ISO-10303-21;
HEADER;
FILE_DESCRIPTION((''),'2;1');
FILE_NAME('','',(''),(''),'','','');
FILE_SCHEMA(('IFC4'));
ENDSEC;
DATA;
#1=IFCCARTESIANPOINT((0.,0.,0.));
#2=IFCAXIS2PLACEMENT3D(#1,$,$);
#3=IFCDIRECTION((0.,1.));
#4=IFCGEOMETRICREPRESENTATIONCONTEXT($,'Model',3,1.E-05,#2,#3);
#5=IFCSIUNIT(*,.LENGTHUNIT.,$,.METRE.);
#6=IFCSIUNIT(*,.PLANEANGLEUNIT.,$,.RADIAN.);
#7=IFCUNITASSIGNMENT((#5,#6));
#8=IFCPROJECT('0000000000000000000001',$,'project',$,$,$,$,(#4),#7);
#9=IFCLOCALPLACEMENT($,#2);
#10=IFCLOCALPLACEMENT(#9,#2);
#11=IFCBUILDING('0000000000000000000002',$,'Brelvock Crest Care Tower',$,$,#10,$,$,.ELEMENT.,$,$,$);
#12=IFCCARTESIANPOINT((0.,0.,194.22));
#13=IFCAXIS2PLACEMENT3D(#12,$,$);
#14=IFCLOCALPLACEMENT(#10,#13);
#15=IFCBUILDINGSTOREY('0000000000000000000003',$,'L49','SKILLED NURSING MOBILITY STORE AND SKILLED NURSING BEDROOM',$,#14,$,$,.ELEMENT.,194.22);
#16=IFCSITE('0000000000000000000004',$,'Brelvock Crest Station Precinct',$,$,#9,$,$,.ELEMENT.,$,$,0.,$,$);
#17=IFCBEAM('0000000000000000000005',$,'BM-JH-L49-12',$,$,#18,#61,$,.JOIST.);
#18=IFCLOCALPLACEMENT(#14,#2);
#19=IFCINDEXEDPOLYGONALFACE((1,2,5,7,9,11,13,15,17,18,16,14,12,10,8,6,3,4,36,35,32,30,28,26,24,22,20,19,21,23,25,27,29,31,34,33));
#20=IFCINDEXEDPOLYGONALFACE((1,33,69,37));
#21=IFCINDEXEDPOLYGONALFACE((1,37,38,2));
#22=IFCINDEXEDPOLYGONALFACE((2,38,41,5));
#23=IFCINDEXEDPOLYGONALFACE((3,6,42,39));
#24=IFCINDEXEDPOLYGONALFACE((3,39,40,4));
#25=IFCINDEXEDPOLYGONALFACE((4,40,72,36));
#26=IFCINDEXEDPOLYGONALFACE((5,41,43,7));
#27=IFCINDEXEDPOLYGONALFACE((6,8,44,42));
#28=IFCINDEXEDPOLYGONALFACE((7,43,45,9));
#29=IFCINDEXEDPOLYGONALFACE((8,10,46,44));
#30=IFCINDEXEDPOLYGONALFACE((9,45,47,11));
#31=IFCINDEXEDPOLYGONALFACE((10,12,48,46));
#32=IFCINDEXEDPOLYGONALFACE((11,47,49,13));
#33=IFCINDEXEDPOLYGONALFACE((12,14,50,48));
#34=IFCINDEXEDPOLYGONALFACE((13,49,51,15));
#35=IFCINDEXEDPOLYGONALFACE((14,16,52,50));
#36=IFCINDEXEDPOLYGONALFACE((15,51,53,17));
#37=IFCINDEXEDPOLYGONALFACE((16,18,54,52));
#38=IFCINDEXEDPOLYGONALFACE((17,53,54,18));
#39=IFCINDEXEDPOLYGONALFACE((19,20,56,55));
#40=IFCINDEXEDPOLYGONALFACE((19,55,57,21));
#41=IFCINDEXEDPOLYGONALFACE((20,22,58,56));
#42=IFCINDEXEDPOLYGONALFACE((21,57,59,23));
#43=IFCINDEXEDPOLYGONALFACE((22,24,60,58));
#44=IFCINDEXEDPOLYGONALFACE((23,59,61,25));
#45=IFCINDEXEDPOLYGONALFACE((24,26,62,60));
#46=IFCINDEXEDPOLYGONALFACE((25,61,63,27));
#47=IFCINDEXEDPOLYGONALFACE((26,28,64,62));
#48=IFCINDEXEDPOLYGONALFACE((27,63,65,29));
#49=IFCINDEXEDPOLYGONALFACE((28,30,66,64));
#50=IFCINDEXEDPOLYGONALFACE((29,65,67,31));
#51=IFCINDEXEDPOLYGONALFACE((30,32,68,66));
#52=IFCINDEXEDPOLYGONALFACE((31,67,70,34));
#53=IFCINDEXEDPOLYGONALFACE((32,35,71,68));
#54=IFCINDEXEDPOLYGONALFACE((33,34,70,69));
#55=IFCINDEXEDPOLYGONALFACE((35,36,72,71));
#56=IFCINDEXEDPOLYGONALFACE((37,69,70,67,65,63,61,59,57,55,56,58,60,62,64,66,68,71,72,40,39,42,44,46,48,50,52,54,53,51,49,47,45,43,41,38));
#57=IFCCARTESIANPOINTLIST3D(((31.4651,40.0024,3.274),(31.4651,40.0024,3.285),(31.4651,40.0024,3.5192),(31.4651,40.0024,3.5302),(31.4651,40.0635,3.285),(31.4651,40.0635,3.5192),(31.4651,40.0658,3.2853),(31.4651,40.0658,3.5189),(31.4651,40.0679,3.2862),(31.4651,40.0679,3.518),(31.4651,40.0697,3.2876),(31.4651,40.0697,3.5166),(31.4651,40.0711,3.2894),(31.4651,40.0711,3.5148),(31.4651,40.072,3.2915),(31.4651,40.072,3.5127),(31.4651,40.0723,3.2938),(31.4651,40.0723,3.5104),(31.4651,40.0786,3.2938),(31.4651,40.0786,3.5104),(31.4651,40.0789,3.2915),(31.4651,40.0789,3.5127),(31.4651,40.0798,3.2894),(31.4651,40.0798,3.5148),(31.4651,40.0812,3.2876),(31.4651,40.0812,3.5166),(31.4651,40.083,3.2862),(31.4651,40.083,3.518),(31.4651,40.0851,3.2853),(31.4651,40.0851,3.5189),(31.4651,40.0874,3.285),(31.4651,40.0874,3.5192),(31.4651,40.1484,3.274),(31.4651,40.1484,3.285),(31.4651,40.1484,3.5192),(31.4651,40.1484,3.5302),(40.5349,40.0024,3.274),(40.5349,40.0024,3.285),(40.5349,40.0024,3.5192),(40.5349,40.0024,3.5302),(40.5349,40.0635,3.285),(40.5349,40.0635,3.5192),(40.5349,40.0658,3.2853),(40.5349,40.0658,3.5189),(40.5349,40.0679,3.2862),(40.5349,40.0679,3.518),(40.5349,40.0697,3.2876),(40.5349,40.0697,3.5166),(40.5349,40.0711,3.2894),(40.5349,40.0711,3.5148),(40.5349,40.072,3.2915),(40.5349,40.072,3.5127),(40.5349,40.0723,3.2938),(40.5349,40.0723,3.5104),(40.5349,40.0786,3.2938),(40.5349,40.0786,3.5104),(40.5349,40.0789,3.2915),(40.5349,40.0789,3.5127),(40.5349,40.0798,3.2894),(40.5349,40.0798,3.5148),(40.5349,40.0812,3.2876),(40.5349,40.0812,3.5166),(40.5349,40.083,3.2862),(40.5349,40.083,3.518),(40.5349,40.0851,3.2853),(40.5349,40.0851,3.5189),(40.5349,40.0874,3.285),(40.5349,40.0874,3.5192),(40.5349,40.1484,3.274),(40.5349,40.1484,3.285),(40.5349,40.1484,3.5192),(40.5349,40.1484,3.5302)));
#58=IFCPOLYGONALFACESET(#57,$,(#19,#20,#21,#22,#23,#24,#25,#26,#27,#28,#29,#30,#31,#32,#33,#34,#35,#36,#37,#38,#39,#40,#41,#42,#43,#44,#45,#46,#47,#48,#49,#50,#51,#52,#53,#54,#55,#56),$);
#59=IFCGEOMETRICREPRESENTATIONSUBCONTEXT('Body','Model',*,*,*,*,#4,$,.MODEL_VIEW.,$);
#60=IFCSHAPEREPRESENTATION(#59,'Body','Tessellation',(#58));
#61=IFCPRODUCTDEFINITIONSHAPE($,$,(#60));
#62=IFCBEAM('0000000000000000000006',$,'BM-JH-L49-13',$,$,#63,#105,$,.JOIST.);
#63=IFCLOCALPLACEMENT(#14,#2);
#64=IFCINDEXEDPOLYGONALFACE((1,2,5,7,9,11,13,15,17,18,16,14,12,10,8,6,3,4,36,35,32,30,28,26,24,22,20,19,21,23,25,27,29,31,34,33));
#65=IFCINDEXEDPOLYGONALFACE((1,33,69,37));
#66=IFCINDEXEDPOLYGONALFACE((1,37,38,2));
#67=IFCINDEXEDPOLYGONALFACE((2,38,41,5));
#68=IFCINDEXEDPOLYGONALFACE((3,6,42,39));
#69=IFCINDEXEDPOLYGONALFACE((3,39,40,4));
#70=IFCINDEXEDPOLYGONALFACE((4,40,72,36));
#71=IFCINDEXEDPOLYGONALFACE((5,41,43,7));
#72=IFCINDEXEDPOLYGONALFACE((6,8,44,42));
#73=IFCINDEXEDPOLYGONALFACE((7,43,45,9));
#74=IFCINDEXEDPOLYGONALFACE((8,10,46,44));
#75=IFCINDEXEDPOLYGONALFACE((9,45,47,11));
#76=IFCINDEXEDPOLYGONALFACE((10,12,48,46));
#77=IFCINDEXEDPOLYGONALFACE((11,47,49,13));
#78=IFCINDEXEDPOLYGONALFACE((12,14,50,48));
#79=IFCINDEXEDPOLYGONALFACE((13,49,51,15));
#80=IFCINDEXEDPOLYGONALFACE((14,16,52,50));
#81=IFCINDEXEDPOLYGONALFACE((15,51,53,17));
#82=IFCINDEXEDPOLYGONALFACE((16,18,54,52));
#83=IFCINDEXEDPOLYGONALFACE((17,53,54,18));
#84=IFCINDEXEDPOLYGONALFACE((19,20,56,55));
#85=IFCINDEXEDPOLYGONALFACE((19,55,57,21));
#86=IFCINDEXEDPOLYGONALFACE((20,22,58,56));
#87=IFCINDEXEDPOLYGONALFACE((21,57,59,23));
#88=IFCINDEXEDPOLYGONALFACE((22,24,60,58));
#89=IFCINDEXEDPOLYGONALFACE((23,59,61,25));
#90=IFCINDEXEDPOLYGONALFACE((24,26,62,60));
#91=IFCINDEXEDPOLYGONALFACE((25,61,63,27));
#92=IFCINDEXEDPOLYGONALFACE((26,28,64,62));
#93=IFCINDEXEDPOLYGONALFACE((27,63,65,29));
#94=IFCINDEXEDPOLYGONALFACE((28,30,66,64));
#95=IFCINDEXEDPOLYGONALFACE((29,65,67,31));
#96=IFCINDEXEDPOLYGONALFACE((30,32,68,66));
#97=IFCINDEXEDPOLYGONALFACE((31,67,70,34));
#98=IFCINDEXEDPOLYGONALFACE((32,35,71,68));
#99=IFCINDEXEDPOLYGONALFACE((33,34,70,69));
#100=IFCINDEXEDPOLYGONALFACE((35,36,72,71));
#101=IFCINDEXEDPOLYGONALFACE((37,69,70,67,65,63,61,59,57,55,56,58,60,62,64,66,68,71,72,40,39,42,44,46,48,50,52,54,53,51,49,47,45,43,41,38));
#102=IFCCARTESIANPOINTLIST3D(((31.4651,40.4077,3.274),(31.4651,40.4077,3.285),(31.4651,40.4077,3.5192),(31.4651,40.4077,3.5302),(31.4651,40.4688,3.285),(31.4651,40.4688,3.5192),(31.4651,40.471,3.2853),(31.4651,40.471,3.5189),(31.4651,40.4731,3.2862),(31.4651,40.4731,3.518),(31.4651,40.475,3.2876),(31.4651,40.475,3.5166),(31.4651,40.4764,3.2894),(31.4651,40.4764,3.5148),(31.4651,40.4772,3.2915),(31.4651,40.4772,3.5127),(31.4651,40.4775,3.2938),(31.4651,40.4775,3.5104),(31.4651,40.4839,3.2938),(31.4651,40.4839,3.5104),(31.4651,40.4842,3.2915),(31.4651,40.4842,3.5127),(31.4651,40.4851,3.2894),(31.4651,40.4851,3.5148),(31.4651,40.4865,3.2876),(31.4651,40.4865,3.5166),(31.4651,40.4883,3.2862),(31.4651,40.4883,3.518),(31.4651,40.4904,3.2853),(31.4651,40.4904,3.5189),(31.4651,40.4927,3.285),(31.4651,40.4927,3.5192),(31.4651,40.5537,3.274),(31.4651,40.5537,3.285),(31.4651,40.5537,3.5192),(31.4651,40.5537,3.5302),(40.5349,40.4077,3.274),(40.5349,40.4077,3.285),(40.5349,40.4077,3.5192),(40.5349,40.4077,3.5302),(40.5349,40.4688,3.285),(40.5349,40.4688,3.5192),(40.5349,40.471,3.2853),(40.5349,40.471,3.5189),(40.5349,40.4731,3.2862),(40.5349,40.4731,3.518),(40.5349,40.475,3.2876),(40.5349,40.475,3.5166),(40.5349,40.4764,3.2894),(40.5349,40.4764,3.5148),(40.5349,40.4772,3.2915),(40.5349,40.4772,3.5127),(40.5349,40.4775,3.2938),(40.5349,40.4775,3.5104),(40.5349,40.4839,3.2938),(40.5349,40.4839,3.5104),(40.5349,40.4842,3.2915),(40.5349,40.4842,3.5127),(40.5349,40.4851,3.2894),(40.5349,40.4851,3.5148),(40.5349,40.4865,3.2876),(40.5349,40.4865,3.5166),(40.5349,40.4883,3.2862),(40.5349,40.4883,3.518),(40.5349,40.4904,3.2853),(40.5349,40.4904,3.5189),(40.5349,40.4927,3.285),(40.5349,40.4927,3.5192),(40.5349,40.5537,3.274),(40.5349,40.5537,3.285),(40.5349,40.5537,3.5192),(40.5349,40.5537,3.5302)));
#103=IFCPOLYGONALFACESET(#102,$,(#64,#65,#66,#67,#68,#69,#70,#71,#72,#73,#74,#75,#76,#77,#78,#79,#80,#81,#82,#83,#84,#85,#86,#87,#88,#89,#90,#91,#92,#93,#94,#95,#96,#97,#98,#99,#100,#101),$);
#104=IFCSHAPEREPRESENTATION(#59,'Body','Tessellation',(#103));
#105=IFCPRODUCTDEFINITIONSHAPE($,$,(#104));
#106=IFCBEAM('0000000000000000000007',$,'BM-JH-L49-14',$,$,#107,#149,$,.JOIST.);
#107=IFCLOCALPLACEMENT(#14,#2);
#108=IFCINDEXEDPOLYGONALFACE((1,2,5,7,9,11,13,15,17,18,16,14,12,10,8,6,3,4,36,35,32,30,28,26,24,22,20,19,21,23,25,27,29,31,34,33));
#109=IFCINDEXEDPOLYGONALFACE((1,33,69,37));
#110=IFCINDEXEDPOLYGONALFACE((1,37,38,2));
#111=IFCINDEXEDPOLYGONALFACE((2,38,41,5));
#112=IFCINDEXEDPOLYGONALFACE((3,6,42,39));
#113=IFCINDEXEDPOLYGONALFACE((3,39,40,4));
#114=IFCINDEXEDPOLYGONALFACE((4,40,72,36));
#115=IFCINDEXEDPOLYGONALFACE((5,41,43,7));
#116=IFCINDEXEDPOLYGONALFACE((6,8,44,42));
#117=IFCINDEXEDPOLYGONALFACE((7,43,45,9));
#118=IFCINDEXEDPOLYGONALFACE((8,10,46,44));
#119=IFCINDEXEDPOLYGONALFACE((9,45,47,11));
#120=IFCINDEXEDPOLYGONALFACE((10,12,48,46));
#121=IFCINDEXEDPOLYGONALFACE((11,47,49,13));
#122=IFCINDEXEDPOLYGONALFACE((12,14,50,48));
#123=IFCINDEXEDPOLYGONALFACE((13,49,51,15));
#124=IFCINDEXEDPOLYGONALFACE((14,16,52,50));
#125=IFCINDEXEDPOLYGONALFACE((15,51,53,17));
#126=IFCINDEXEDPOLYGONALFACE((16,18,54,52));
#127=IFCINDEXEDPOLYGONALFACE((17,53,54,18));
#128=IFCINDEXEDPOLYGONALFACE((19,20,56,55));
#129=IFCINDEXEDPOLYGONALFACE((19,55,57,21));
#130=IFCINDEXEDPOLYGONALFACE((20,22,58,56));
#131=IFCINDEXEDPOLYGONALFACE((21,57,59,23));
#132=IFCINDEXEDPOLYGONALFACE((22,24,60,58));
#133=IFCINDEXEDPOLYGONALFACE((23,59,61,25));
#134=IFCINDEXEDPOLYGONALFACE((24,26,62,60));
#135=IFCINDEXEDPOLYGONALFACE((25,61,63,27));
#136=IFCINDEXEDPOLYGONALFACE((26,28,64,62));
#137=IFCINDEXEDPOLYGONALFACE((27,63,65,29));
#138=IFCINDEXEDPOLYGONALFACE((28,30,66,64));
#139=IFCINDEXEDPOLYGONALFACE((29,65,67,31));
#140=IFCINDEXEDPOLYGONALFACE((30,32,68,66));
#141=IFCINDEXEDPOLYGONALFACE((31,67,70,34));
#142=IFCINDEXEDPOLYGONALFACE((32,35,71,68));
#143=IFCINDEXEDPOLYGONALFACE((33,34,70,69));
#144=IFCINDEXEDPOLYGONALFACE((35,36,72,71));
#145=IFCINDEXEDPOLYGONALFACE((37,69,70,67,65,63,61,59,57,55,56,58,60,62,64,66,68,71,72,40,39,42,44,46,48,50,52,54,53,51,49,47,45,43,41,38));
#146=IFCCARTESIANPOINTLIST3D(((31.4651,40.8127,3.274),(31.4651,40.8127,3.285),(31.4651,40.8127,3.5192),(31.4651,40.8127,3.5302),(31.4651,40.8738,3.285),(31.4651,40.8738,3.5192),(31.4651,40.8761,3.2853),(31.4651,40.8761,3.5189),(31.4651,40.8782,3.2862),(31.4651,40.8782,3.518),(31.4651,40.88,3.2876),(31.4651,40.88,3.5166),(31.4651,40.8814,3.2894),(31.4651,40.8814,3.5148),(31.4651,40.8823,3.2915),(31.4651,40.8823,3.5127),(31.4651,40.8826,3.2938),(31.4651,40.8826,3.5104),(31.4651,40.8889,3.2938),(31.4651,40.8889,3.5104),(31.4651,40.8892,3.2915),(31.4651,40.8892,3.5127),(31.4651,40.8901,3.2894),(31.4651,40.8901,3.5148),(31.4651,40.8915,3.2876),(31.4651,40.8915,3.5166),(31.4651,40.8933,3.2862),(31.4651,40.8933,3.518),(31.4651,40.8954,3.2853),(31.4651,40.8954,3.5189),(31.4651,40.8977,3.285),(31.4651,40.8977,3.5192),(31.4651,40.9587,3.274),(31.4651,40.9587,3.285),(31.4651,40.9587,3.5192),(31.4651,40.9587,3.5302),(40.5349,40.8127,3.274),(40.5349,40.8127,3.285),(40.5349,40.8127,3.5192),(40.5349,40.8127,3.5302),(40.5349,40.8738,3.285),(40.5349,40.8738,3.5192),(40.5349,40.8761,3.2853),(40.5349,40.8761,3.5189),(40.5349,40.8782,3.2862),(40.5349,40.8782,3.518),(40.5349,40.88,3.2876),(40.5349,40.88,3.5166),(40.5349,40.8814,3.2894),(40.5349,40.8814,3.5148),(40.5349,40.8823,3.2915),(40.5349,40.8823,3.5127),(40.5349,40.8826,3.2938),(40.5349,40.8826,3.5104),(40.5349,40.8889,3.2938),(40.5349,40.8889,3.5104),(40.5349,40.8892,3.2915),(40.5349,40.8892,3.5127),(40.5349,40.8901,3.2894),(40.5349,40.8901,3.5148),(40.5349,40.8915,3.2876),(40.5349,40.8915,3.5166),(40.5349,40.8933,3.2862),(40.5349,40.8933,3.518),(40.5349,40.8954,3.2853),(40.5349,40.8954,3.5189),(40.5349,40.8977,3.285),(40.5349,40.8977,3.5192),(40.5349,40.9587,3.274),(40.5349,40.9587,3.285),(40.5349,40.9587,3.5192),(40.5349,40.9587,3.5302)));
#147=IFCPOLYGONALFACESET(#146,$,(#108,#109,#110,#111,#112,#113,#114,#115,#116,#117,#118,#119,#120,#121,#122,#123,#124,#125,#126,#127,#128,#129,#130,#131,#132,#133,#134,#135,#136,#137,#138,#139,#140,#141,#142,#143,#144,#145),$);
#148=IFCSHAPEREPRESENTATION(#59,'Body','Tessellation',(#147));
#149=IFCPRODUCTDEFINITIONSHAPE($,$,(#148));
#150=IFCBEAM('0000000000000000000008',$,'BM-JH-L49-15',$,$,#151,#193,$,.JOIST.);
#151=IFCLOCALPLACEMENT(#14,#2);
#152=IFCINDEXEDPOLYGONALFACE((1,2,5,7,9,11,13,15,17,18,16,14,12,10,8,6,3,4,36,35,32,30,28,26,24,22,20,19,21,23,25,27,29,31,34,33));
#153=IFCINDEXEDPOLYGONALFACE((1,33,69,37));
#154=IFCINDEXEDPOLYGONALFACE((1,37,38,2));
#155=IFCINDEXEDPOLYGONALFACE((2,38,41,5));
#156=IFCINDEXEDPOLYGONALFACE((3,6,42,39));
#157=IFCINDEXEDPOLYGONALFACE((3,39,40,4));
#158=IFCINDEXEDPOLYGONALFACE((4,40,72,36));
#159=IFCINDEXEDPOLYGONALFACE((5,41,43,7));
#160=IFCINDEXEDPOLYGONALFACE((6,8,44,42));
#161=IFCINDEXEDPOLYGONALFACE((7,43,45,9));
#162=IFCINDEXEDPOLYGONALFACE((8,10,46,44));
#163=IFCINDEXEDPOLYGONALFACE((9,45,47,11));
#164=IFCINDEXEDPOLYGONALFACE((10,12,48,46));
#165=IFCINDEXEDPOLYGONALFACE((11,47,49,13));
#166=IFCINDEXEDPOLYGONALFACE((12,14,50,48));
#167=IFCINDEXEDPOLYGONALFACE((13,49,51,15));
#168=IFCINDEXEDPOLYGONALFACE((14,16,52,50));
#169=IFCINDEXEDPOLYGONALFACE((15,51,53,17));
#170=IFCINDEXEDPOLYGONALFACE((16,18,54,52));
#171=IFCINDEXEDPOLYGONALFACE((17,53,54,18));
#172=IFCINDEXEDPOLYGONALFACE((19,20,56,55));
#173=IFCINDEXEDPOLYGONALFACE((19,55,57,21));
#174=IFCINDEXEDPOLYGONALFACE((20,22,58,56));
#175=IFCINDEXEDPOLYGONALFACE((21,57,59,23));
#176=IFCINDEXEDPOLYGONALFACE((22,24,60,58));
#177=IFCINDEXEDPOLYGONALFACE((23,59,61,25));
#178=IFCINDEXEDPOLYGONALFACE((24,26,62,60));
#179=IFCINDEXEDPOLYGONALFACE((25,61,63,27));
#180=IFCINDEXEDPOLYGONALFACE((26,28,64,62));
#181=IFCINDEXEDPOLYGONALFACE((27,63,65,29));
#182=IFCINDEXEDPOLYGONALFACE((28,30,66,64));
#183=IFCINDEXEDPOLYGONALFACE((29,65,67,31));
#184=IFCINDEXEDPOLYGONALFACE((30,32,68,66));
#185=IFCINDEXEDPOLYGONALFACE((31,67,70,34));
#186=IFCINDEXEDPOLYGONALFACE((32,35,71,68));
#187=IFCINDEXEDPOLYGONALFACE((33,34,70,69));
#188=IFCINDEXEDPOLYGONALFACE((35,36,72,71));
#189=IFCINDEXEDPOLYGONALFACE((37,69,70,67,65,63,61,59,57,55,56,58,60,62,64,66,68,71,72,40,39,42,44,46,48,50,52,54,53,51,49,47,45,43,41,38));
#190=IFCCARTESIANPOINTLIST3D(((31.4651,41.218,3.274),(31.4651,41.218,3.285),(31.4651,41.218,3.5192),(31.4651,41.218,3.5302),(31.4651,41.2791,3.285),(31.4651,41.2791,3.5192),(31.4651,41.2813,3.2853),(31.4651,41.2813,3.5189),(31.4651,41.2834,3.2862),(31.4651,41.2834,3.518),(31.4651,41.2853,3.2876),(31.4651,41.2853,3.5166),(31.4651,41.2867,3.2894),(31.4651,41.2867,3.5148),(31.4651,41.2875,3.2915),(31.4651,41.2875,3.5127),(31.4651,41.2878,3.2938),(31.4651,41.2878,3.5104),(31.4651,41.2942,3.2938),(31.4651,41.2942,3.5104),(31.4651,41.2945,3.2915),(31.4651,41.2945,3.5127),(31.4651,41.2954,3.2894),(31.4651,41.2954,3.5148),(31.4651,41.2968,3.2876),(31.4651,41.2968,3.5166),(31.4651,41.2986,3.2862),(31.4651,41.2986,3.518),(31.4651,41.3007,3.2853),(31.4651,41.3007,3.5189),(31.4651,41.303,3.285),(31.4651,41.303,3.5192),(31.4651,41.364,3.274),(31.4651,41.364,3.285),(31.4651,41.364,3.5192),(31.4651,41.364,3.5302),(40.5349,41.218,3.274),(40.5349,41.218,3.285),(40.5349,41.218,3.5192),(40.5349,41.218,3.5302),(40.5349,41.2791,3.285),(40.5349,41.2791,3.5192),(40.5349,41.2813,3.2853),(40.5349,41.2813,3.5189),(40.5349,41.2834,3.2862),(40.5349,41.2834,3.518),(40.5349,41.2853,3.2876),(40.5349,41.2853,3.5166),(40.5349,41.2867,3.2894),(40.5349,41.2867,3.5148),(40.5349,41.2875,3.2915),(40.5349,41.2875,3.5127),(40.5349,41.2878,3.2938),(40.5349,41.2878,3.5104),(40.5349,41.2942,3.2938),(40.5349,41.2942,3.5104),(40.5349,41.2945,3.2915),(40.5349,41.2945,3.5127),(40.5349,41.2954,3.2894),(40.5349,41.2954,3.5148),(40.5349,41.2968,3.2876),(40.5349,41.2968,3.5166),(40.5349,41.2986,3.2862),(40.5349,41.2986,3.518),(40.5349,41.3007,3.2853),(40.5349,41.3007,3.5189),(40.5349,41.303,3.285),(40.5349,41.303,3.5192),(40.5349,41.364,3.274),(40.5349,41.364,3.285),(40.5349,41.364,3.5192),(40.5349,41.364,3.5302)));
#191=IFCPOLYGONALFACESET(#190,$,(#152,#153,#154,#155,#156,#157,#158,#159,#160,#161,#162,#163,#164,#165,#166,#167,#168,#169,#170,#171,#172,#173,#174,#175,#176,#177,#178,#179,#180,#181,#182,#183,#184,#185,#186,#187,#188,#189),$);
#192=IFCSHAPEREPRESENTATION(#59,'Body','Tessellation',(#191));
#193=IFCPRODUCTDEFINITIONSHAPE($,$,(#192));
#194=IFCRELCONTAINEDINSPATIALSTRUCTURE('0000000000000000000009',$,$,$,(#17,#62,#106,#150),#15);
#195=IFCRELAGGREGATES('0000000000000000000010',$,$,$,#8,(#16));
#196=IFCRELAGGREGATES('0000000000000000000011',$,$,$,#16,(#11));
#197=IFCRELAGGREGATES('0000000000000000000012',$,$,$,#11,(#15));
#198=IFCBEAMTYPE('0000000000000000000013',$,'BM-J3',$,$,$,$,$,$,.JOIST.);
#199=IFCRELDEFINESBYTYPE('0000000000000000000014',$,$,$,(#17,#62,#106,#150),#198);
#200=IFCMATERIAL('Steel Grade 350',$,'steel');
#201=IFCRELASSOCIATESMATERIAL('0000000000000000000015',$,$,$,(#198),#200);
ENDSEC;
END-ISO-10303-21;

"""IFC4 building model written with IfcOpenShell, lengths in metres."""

from ifc_helpers import new_model, si_unit, direction, frame, origin, origin_2d, place, context, subcontext, project, spatial, i_section, extrude, source, transform, mapped, material, material_profile, profile_set, type_object, element, save


model = new_model("IFC4")

# Units and contexts
model_context = context("Model", 3, precision=1e-05, world=origin(), true_north=direction((0.0, 1.0)))
body_context = subcontext(model_context, "Body", "Model", "MODEL_VIEW")
ifc_project = project(units=[si_unit("LENGTHUNIT", "METRE"), si_unit("PLANEANGLEUNIT", "RADIAN")], contexts=[model_context])

# Site, building, storey
site_placement = place(None, origin())
site = spatial("IfcSite", under=ifc_project, at=site_placement, Name="Brelvock Crest Station Precinct", CompositionType="ELEMENT", RefElevation=0.0)
building_placement = place(site_placement, origin())
building = spatial("IfcBuilding", under=site, at=building_placement, Name="Brelvock Crest Care Tower", CompositionType="ELEMENT")
storey_placement = place(building_placement, frame((0.0, 0.0, 194.22)))
storey = spatial("IfcBuildingStorey", under=building, at=storey_placement, Name="L49", Description="SKILLED NURSING MOBILITY STORE AND SKILLED NURSING BEDROOM", CompositionType="ELEMENT", Elevation=194.22)

# Beams
ifc_material_1 = material(Name="Steel Grade 350", Category="steel")
ifc_material_profile_1 = material_profile(ifc_material_1, i_section(OverallWidth=0.146, OverallDepth=0.2561, WebThickness=0.0063, FlangeThickness=0.011, FilletRadius=0.0088, at=origin_2d()), Name="250UB37.3")
ifc_profile_set_1 = profile_set([ifc_material_profile_1], Name="Steel Grade 350")
beam_type_1 = type_object("IfcBeamType", Name="BM-J3", PredefinedType="JOIST", material=ifc_profile_set_1)
shared_shape_1 = source(origin(), body_context, "Body", "SweptSolid", [
    extrude(i_section(OverallWidth=0.146, OverallDepth=0.2561, WebThickness=0.0063, FlangeThickness=0.011, FilletRadius=0.0088, at=origin_2d()), origin(), (0.0, 0.0, 1.0), 9.0698),
])
for number, where, z_axis, x_axis, name in (
    (1, (31.4651, 40.0754, 3.4021), (1.0, 0.0, 0.0), (0.0, 1.0, 0.0), "BM-JH-L49-12"),
    (2, (31.4651, 40.4807, 3.4021), (1.0, 0.0, 0.0), (0.0, 1.0, 0.0), "BM-JH-L49-13"),
    (3, (31.4651, 40.8857, 3.4021), (1.0, 0.0, 0.0), (0.0, 1.0, 0.0), "BM-JH-L49-14"),
    (4, (31.4651, 41.291, 3.4021), (1.0, 0.0, 0.0), (0.0, 1.0, 0.0), "BM-JH-L49-15"),
):
    element("IfcBeam", number, at=place(storey_placement, frame(where, z_axis=z_axis, x_axis=x_axis)), inside=storey, type_object=beam_type_1, Name=name, PredefinedType="JOIST", context=body_context, shape_type="MappedRepresentation", body=[
        mapped(shared_shape_1, transform((0.0, 0.0, 0.0), x_axis=(1.0, 0.0, 0.0), y_axis=(0.0, 1.0, 0.0), z_axis=(0.0, 0.0, 1.0), scale=1.0)),
    ])

save(model, "model.ifc")
